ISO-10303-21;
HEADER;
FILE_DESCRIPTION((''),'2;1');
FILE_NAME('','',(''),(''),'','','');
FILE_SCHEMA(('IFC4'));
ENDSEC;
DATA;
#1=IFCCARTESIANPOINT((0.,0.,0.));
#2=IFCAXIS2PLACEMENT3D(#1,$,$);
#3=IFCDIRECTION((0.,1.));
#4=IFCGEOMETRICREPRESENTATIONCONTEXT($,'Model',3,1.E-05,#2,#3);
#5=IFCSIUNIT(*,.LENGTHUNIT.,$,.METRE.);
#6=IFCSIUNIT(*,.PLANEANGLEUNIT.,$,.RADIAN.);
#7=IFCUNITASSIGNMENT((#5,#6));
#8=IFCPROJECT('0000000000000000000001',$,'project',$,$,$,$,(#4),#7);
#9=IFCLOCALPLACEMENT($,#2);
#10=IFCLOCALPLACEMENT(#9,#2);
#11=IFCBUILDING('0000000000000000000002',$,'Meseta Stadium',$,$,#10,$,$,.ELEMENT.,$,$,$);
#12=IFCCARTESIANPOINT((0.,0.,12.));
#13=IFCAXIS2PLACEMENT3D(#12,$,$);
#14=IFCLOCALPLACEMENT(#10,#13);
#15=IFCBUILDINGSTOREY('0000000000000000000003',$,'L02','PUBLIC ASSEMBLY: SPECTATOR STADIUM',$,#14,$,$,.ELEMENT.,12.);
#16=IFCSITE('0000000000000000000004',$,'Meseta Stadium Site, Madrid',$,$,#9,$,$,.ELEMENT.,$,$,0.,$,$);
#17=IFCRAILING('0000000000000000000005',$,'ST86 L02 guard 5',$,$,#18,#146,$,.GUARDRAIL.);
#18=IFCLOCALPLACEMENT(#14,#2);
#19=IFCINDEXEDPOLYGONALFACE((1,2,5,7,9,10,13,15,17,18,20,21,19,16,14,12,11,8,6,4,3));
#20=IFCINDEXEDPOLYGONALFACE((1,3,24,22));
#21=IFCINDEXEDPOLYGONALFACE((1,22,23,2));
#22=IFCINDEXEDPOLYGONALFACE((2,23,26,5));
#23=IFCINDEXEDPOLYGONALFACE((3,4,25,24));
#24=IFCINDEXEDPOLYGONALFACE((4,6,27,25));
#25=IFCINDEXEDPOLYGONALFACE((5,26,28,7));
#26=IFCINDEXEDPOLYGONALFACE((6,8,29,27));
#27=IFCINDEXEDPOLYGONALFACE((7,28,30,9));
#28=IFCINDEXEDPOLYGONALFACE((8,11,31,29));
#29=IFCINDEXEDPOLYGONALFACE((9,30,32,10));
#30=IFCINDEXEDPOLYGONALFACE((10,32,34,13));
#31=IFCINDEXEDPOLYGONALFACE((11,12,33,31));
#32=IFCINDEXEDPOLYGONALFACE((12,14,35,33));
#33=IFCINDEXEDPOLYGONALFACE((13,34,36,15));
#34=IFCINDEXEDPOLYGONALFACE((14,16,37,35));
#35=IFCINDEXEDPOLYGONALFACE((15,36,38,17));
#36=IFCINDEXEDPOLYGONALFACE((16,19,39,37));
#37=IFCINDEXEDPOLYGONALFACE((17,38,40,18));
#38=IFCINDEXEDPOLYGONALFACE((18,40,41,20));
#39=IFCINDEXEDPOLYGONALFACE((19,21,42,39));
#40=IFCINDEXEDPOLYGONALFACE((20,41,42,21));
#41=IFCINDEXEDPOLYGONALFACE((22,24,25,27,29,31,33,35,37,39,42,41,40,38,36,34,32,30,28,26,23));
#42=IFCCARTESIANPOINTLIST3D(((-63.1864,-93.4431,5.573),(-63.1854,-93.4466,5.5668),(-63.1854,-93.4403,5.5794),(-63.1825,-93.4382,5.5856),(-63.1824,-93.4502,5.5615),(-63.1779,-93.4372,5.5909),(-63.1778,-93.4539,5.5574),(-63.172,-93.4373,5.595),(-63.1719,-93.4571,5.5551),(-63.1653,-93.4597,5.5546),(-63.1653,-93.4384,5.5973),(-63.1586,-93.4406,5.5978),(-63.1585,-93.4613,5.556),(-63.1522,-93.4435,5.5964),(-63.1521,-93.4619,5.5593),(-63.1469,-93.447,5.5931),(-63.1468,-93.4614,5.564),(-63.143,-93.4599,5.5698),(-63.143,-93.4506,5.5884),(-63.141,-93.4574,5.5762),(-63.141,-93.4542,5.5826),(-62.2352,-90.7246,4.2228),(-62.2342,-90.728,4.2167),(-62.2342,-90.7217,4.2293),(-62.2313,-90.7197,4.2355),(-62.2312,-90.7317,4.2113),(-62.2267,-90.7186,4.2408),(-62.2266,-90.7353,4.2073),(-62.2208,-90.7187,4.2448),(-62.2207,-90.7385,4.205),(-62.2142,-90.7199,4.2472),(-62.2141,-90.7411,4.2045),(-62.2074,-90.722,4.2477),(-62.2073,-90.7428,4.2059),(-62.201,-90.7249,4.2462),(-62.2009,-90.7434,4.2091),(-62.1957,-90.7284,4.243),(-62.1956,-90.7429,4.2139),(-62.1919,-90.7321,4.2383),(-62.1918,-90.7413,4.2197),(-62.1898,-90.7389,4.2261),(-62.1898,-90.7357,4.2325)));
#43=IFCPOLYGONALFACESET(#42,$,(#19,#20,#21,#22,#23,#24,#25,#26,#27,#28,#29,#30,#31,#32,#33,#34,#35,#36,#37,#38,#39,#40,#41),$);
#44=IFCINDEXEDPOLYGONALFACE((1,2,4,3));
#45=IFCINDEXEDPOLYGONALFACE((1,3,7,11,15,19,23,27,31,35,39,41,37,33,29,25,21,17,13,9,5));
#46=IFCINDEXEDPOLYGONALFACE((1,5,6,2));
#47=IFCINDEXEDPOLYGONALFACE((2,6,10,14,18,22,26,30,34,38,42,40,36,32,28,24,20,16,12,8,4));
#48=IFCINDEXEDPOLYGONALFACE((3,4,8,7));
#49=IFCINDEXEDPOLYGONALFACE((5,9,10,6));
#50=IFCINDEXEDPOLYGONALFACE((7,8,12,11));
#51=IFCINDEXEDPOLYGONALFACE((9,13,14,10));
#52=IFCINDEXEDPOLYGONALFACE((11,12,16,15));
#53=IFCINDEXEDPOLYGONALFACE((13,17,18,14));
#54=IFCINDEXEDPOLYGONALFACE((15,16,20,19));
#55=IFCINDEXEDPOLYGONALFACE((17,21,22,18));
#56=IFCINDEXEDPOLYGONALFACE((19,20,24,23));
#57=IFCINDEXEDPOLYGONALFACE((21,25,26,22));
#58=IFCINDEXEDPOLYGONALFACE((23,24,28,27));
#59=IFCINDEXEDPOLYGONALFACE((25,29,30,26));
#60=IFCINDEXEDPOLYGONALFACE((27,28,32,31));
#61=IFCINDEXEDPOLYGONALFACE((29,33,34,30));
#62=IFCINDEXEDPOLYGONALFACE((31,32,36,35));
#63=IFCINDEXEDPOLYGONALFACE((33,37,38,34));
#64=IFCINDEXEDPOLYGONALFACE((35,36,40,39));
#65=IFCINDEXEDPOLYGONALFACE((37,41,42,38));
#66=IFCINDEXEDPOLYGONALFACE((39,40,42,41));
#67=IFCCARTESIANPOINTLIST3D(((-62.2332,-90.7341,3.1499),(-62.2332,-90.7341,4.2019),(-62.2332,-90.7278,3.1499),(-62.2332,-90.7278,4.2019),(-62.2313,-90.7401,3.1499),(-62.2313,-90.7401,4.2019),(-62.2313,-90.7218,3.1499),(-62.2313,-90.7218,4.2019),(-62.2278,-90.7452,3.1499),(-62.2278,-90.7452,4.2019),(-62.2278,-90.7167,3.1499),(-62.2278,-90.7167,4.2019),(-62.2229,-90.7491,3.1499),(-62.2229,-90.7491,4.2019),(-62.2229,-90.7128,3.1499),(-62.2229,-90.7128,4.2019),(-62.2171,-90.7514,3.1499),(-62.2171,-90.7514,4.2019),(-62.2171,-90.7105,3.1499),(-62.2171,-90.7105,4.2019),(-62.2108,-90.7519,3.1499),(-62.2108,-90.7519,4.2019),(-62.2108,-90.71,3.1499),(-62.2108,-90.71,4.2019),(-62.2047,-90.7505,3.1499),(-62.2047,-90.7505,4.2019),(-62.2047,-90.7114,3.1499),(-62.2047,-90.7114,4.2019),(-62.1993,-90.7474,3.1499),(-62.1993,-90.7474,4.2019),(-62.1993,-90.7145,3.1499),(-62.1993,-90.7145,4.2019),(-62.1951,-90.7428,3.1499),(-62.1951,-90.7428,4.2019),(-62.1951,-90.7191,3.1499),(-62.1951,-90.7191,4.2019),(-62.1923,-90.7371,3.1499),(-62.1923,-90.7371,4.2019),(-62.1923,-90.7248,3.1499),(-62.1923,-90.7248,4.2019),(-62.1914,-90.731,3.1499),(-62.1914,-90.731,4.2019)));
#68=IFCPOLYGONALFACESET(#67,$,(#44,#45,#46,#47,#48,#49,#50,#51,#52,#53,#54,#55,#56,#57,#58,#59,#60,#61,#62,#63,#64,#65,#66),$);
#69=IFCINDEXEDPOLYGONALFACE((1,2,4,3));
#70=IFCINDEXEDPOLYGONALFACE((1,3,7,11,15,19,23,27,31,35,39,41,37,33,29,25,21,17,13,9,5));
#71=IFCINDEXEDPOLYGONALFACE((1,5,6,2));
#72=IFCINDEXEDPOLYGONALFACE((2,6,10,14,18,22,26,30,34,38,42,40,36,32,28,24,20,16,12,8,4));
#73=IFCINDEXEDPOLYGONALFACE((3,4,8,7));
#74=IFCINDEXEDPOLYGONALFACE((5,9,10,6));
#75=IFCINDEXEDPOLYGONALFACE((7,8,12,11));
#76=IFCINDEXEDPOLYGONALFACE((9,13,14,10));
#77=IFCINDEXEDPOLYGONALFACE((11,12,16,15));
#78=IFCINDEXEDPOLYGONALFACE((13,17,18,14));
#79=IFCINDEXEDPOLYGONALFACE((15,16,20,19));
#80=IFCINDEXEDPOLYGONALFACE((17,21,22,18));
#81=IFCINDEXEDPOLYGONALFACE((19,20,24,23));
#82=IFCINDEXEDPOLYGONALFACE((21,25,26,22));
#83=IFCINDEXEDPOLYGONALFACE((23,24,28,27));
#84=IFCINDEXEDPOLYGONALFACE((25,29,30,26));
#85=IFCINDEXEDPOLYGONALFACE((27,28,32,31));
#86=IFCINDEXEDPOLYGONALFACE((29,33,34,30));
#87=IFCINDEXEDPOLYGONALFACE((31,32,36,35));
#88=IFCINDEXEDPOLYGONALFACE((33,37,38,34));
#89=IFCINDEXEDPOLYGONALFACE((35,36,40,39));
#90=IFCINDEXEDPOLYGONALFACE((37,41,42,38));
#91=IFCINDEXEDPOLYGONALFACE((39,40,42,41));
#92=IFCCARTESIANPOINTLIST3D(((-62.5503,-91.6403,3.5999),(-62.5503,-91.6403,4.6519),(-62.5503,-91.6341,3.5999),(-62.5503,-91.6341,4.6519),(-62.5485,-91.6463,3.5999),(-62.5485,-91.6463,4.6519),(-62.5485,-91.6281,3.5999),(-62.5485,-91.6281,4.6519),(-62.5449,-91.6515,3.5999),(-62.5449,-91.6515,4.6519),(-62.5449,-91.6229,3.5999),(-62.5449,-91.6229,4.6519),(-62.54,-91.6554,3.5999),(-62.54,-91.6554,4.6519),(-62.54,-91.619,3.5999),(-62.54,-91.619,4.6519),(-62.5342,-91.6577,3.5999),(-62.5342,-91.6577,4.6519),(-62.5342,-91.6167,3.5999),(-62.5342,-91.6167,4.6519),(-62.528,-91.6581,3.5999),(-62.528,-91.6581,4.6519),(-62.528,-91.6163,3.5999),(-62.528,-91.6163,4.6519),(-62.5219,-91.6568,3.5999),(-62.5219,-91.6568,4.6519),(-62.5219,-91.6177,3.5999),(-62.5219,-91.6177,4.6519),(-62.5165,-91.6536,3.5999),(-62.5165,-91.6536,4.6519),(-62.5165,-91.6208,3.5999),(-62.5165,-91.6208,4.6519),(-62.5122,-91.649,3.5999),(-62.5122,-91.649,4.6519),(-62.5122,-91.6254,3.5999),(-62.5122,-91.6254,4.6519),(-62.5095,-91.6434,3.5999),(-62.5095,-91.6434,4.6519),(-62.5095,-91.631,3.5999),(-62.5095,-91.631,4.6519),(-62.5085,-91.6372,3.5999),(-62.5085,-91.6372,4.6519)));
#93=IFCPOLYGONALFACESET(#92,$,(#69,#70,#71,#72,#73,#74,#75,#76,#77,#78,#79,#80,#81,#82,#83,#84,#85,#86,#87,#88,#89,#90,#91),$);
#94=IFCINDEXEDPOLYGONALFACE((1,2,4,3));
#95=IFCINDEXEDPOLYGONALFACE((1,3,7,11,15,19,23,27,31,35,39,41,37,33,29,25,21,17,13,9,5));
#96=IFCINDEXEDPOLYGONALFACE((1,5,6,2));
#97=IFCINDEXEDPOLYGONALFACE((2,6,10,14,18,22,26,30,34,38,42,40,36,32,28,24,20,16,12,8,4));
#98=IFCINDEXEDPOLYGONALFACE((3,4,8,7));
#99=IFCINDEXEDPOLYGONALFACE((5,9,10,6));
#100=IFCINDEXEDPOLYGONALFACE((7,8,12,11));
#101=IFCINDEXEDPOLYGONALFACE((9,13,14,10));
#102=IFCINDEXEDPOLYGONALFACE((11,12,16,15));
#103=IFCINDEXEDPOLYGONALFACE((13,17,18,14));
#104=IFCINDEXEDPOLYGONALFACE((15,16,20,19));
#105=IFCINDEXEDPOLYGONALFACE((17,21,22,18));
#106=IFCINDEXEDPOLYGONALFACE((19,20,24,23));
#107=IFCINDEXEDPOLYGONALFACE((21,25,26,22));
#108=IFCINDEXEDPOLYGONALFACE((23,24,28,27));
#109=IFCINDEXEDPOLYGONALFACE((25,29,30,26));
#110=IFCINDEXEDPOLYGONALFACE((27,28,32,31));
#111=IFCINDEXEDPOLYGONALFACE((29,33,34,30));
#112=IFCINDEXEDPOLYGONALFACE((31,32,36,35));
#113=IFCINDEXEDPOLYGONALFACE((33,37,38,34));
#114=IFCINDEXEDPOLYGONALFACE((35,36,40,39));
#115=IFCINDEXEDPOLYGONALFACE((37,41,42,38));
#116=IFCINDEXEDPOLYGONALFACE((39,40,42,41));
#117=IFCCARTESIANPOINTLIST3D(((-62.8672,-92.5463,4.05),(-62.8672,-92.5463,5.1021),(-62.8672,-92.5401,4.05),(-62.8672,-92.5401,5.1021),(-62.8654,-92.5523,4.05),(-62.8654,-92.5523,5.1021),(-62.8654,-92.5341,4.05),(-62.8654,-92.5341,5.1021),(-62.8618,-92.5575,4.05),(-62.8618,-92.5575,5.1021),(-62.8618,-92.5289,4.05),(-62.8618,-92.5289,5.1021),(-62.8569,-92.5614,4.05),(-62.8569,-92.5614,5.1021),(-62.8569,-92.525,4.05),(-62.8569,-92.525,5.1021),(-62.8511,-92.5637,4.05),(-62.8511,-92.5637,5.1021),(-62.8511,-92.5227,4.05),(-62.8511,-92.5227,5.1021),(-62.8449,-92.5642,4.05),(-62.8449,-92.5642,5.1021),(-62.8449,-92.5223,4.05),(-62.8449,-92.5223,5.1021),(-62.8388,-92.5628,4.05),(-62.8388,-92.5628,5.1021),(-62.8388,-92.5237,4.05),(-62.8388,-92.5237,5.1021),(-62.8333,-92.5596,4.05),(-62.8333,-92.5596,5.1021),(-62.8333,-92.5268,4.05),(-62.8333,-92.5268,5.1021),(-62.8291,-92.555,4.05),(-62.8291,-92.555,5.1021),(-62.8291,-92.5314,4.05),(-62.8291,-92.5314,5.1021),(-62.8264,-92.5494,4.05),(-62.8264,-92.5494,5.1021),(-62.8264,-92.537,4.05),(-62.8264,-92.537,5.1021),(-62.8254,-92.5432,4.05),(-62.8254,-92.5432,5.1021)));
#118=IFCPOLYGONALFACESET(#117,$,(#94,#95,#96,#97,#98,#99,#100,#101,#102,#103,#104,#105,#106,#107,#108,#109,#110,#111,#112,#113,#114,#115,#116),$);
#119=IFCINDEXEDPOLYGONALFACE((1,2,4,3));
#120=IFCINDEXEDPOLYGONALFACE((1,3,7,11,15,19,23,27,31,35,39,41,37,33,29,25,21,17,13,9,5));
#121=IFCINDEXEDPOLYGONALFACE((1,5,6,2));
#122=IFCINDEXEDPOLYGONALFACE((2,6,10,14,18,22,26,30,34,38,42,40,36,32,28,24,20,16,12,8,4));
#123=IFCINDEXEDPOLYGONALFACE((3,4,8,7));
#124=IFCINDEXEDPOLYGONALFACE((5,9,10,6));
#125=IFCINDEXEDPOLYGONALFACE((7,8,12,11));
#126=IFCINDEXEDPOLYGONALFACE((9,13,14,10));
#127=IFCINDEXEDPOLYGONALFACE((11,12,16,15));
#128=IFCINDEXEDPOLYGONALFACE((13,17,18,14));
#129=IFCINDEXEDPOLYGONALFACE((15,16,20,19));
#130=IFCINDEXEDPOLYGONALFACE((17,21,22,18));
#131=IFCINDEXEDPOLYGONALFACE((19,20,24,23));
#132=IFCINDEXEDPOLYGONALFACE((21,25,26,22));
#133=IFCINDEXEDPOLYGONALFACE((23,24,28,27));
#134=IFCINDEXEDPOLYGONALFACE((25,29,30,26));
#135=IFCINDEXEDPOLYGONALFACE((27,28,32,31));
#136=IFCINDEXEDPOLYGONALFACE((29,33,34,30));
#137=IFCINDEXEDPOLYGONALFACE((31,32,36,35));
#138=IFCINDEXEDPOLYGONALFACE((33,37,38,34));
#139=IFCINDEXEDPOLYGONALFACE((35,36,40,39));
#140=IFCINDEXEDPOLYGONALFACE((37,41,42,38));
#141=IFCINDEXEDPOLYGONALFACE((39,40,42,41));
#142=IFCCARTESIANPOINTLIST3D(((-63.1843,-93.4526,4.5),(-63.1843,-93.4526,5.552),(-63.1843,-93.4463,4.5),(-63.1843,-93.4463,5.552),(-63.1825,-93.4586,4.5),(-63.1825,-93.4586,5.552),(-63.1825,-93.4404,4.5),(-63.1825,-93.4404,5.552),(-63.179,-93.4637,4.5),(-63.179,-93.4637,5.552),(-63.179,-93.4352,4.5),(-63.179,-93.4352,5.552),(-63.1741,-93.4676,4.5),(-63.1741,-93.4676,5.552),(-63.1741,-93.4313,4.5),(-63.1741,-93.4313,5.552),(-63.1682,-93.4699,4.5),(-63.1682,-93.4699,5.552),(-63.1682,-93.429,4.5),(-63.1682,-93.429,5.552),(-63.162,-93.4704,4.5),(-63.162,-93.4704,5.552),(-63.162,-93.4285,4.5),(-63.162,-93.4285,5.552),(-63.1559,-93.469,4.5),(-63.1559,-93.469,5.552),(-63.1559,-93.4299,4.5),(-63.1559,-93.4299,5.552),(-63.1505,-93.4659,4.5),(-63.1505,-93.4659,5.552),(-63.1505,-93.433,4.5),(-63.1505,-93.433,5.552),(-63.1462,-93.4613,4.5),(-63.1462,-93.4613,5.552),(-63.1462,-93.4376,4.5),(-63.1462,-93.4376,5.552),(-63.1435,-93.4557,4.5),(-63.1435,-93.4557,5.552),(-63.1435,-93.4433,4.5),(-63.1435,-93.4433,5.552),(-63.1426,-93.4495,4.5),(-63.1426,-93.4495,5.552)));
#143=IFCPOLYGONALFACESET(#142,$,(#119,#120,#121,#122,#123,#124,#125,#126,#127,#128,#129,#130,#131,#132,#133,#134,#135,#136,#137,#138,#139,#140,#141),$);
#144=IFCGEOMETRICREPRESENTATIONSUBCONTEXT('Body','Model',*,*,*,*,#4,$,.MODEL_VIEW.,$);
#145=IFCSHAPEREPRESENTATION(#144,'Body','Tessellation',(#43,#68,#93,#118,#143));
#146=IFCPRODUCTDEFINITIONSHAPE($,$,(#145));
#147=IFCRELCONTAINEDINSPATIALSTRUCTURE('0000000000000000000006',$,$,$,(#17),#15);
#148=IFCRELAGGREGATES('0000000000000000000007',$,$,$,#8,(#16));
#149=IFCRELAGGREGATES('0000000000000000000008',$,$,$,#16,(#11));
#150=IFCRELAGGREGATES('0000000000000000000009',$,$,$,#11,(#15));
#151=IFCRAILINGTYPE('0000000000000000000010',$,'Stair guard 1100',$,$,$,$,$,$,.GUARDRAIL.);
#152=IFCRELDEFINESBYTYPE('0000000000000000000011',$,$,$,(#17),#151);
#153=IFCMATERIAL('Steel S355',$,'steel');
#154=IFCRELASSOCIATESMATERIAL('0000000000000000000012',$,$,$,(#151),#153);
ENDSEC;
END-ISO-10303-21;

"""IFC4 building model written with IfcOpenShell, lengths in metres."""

from ifc_helpers import new_model, si_unit, direction, frame, origin, origin_2d, place, context, subcontext, project, spatial, circle, extrude, material, type_object, element, save


model = new_model("IFC4")

# Units and contexts
model_context = context("Model", 3, precision=1e-05, world=origin(), true_north=direction((0.0, 1.0)))
body_context = subcontext(model_context, "Body", "Model", "MODEL_VIEW")
ifc_project = project(units=[si_unit("LENGTHUNIT", "METRE"), si_unit("PLANEANGLEUNIT", "RADIAN")], contexts=[model_context])

# Site, building, storey
site_placement = place(None, origin())
site = spatial("IfcSite", under=ifc_project, at=site_placement, Name="Meseta Stadium Site, Madrid", CompositionType="ELEMENT", RefElevation=0.0)
building_placement = place(site_placement, origin())
building = spatial("IfcBuilding", under=site, at=building_placement, Name="Meseta Stadium", CompositionType="ELEMENT")
storey_placement = place(building_placement, frame((0.0, 0.0, 12.0)))
storey = spatial("IfcBuildingStorey", under=building, at=storey_placement, Name="L02", Description="PUBLIC ASSEMBLY: SPECTATOR STADIUM", CompositionType="ELEMENT", Elevation=12.0)

# Railing
ifc_material_1 = material(Name="Steel S355", Category="steel")
railing_type_1 = type_object("IfcRailingType", Name="Stair guard 1100", PredefinedType="GUARDRAIL", material=ifc_material_1)
railing_1_placement = place(storey_placement, frame((-62.2124, -90.731, 3.1499)))
element("IfcRailing", 1, at=railing_1_placement, inside=storey, type_object=railing_type_1, Name="ST86 L02 guard 5", PredefinedType="GUARDRAIL", context=body_context, shape_type="SweptSolid", body=[
    extrude(circle(Radius=0.0239, at=origin_2d()), frame((0.0, 0.0, 1.0762), z_axis=(-0.299031, -0.854649, 0.424446), x_axis=(0.943891, -0.330256, 0.0)), (0.0, 0.0, 1.0), 3.1809),
    extrude(circle(Radius=0.021, at=origin_2d()), origin(), (0.0, 0.0, 1.0), 1.052),
    extrude(circle(Radius=0.021, at=origin_2d()), frame((-0.3171, -0.9062, 0.45)), (0.0, 0.0, 1.0), 1.052),
    extrude(circle(Radius=0.021, at=origin_2d()), frame((-0.634, -1.8123, 0.9001)), (0.0, 0.0, 1.0), 1.052),
    extrude(circle(Radius=0.021, at=origin_2d()), frame((-0.9512, -2.7185, 1.3501)), (0.0, 0.0, 1.0), 1.052),
])

save(model, "model.ifc")
